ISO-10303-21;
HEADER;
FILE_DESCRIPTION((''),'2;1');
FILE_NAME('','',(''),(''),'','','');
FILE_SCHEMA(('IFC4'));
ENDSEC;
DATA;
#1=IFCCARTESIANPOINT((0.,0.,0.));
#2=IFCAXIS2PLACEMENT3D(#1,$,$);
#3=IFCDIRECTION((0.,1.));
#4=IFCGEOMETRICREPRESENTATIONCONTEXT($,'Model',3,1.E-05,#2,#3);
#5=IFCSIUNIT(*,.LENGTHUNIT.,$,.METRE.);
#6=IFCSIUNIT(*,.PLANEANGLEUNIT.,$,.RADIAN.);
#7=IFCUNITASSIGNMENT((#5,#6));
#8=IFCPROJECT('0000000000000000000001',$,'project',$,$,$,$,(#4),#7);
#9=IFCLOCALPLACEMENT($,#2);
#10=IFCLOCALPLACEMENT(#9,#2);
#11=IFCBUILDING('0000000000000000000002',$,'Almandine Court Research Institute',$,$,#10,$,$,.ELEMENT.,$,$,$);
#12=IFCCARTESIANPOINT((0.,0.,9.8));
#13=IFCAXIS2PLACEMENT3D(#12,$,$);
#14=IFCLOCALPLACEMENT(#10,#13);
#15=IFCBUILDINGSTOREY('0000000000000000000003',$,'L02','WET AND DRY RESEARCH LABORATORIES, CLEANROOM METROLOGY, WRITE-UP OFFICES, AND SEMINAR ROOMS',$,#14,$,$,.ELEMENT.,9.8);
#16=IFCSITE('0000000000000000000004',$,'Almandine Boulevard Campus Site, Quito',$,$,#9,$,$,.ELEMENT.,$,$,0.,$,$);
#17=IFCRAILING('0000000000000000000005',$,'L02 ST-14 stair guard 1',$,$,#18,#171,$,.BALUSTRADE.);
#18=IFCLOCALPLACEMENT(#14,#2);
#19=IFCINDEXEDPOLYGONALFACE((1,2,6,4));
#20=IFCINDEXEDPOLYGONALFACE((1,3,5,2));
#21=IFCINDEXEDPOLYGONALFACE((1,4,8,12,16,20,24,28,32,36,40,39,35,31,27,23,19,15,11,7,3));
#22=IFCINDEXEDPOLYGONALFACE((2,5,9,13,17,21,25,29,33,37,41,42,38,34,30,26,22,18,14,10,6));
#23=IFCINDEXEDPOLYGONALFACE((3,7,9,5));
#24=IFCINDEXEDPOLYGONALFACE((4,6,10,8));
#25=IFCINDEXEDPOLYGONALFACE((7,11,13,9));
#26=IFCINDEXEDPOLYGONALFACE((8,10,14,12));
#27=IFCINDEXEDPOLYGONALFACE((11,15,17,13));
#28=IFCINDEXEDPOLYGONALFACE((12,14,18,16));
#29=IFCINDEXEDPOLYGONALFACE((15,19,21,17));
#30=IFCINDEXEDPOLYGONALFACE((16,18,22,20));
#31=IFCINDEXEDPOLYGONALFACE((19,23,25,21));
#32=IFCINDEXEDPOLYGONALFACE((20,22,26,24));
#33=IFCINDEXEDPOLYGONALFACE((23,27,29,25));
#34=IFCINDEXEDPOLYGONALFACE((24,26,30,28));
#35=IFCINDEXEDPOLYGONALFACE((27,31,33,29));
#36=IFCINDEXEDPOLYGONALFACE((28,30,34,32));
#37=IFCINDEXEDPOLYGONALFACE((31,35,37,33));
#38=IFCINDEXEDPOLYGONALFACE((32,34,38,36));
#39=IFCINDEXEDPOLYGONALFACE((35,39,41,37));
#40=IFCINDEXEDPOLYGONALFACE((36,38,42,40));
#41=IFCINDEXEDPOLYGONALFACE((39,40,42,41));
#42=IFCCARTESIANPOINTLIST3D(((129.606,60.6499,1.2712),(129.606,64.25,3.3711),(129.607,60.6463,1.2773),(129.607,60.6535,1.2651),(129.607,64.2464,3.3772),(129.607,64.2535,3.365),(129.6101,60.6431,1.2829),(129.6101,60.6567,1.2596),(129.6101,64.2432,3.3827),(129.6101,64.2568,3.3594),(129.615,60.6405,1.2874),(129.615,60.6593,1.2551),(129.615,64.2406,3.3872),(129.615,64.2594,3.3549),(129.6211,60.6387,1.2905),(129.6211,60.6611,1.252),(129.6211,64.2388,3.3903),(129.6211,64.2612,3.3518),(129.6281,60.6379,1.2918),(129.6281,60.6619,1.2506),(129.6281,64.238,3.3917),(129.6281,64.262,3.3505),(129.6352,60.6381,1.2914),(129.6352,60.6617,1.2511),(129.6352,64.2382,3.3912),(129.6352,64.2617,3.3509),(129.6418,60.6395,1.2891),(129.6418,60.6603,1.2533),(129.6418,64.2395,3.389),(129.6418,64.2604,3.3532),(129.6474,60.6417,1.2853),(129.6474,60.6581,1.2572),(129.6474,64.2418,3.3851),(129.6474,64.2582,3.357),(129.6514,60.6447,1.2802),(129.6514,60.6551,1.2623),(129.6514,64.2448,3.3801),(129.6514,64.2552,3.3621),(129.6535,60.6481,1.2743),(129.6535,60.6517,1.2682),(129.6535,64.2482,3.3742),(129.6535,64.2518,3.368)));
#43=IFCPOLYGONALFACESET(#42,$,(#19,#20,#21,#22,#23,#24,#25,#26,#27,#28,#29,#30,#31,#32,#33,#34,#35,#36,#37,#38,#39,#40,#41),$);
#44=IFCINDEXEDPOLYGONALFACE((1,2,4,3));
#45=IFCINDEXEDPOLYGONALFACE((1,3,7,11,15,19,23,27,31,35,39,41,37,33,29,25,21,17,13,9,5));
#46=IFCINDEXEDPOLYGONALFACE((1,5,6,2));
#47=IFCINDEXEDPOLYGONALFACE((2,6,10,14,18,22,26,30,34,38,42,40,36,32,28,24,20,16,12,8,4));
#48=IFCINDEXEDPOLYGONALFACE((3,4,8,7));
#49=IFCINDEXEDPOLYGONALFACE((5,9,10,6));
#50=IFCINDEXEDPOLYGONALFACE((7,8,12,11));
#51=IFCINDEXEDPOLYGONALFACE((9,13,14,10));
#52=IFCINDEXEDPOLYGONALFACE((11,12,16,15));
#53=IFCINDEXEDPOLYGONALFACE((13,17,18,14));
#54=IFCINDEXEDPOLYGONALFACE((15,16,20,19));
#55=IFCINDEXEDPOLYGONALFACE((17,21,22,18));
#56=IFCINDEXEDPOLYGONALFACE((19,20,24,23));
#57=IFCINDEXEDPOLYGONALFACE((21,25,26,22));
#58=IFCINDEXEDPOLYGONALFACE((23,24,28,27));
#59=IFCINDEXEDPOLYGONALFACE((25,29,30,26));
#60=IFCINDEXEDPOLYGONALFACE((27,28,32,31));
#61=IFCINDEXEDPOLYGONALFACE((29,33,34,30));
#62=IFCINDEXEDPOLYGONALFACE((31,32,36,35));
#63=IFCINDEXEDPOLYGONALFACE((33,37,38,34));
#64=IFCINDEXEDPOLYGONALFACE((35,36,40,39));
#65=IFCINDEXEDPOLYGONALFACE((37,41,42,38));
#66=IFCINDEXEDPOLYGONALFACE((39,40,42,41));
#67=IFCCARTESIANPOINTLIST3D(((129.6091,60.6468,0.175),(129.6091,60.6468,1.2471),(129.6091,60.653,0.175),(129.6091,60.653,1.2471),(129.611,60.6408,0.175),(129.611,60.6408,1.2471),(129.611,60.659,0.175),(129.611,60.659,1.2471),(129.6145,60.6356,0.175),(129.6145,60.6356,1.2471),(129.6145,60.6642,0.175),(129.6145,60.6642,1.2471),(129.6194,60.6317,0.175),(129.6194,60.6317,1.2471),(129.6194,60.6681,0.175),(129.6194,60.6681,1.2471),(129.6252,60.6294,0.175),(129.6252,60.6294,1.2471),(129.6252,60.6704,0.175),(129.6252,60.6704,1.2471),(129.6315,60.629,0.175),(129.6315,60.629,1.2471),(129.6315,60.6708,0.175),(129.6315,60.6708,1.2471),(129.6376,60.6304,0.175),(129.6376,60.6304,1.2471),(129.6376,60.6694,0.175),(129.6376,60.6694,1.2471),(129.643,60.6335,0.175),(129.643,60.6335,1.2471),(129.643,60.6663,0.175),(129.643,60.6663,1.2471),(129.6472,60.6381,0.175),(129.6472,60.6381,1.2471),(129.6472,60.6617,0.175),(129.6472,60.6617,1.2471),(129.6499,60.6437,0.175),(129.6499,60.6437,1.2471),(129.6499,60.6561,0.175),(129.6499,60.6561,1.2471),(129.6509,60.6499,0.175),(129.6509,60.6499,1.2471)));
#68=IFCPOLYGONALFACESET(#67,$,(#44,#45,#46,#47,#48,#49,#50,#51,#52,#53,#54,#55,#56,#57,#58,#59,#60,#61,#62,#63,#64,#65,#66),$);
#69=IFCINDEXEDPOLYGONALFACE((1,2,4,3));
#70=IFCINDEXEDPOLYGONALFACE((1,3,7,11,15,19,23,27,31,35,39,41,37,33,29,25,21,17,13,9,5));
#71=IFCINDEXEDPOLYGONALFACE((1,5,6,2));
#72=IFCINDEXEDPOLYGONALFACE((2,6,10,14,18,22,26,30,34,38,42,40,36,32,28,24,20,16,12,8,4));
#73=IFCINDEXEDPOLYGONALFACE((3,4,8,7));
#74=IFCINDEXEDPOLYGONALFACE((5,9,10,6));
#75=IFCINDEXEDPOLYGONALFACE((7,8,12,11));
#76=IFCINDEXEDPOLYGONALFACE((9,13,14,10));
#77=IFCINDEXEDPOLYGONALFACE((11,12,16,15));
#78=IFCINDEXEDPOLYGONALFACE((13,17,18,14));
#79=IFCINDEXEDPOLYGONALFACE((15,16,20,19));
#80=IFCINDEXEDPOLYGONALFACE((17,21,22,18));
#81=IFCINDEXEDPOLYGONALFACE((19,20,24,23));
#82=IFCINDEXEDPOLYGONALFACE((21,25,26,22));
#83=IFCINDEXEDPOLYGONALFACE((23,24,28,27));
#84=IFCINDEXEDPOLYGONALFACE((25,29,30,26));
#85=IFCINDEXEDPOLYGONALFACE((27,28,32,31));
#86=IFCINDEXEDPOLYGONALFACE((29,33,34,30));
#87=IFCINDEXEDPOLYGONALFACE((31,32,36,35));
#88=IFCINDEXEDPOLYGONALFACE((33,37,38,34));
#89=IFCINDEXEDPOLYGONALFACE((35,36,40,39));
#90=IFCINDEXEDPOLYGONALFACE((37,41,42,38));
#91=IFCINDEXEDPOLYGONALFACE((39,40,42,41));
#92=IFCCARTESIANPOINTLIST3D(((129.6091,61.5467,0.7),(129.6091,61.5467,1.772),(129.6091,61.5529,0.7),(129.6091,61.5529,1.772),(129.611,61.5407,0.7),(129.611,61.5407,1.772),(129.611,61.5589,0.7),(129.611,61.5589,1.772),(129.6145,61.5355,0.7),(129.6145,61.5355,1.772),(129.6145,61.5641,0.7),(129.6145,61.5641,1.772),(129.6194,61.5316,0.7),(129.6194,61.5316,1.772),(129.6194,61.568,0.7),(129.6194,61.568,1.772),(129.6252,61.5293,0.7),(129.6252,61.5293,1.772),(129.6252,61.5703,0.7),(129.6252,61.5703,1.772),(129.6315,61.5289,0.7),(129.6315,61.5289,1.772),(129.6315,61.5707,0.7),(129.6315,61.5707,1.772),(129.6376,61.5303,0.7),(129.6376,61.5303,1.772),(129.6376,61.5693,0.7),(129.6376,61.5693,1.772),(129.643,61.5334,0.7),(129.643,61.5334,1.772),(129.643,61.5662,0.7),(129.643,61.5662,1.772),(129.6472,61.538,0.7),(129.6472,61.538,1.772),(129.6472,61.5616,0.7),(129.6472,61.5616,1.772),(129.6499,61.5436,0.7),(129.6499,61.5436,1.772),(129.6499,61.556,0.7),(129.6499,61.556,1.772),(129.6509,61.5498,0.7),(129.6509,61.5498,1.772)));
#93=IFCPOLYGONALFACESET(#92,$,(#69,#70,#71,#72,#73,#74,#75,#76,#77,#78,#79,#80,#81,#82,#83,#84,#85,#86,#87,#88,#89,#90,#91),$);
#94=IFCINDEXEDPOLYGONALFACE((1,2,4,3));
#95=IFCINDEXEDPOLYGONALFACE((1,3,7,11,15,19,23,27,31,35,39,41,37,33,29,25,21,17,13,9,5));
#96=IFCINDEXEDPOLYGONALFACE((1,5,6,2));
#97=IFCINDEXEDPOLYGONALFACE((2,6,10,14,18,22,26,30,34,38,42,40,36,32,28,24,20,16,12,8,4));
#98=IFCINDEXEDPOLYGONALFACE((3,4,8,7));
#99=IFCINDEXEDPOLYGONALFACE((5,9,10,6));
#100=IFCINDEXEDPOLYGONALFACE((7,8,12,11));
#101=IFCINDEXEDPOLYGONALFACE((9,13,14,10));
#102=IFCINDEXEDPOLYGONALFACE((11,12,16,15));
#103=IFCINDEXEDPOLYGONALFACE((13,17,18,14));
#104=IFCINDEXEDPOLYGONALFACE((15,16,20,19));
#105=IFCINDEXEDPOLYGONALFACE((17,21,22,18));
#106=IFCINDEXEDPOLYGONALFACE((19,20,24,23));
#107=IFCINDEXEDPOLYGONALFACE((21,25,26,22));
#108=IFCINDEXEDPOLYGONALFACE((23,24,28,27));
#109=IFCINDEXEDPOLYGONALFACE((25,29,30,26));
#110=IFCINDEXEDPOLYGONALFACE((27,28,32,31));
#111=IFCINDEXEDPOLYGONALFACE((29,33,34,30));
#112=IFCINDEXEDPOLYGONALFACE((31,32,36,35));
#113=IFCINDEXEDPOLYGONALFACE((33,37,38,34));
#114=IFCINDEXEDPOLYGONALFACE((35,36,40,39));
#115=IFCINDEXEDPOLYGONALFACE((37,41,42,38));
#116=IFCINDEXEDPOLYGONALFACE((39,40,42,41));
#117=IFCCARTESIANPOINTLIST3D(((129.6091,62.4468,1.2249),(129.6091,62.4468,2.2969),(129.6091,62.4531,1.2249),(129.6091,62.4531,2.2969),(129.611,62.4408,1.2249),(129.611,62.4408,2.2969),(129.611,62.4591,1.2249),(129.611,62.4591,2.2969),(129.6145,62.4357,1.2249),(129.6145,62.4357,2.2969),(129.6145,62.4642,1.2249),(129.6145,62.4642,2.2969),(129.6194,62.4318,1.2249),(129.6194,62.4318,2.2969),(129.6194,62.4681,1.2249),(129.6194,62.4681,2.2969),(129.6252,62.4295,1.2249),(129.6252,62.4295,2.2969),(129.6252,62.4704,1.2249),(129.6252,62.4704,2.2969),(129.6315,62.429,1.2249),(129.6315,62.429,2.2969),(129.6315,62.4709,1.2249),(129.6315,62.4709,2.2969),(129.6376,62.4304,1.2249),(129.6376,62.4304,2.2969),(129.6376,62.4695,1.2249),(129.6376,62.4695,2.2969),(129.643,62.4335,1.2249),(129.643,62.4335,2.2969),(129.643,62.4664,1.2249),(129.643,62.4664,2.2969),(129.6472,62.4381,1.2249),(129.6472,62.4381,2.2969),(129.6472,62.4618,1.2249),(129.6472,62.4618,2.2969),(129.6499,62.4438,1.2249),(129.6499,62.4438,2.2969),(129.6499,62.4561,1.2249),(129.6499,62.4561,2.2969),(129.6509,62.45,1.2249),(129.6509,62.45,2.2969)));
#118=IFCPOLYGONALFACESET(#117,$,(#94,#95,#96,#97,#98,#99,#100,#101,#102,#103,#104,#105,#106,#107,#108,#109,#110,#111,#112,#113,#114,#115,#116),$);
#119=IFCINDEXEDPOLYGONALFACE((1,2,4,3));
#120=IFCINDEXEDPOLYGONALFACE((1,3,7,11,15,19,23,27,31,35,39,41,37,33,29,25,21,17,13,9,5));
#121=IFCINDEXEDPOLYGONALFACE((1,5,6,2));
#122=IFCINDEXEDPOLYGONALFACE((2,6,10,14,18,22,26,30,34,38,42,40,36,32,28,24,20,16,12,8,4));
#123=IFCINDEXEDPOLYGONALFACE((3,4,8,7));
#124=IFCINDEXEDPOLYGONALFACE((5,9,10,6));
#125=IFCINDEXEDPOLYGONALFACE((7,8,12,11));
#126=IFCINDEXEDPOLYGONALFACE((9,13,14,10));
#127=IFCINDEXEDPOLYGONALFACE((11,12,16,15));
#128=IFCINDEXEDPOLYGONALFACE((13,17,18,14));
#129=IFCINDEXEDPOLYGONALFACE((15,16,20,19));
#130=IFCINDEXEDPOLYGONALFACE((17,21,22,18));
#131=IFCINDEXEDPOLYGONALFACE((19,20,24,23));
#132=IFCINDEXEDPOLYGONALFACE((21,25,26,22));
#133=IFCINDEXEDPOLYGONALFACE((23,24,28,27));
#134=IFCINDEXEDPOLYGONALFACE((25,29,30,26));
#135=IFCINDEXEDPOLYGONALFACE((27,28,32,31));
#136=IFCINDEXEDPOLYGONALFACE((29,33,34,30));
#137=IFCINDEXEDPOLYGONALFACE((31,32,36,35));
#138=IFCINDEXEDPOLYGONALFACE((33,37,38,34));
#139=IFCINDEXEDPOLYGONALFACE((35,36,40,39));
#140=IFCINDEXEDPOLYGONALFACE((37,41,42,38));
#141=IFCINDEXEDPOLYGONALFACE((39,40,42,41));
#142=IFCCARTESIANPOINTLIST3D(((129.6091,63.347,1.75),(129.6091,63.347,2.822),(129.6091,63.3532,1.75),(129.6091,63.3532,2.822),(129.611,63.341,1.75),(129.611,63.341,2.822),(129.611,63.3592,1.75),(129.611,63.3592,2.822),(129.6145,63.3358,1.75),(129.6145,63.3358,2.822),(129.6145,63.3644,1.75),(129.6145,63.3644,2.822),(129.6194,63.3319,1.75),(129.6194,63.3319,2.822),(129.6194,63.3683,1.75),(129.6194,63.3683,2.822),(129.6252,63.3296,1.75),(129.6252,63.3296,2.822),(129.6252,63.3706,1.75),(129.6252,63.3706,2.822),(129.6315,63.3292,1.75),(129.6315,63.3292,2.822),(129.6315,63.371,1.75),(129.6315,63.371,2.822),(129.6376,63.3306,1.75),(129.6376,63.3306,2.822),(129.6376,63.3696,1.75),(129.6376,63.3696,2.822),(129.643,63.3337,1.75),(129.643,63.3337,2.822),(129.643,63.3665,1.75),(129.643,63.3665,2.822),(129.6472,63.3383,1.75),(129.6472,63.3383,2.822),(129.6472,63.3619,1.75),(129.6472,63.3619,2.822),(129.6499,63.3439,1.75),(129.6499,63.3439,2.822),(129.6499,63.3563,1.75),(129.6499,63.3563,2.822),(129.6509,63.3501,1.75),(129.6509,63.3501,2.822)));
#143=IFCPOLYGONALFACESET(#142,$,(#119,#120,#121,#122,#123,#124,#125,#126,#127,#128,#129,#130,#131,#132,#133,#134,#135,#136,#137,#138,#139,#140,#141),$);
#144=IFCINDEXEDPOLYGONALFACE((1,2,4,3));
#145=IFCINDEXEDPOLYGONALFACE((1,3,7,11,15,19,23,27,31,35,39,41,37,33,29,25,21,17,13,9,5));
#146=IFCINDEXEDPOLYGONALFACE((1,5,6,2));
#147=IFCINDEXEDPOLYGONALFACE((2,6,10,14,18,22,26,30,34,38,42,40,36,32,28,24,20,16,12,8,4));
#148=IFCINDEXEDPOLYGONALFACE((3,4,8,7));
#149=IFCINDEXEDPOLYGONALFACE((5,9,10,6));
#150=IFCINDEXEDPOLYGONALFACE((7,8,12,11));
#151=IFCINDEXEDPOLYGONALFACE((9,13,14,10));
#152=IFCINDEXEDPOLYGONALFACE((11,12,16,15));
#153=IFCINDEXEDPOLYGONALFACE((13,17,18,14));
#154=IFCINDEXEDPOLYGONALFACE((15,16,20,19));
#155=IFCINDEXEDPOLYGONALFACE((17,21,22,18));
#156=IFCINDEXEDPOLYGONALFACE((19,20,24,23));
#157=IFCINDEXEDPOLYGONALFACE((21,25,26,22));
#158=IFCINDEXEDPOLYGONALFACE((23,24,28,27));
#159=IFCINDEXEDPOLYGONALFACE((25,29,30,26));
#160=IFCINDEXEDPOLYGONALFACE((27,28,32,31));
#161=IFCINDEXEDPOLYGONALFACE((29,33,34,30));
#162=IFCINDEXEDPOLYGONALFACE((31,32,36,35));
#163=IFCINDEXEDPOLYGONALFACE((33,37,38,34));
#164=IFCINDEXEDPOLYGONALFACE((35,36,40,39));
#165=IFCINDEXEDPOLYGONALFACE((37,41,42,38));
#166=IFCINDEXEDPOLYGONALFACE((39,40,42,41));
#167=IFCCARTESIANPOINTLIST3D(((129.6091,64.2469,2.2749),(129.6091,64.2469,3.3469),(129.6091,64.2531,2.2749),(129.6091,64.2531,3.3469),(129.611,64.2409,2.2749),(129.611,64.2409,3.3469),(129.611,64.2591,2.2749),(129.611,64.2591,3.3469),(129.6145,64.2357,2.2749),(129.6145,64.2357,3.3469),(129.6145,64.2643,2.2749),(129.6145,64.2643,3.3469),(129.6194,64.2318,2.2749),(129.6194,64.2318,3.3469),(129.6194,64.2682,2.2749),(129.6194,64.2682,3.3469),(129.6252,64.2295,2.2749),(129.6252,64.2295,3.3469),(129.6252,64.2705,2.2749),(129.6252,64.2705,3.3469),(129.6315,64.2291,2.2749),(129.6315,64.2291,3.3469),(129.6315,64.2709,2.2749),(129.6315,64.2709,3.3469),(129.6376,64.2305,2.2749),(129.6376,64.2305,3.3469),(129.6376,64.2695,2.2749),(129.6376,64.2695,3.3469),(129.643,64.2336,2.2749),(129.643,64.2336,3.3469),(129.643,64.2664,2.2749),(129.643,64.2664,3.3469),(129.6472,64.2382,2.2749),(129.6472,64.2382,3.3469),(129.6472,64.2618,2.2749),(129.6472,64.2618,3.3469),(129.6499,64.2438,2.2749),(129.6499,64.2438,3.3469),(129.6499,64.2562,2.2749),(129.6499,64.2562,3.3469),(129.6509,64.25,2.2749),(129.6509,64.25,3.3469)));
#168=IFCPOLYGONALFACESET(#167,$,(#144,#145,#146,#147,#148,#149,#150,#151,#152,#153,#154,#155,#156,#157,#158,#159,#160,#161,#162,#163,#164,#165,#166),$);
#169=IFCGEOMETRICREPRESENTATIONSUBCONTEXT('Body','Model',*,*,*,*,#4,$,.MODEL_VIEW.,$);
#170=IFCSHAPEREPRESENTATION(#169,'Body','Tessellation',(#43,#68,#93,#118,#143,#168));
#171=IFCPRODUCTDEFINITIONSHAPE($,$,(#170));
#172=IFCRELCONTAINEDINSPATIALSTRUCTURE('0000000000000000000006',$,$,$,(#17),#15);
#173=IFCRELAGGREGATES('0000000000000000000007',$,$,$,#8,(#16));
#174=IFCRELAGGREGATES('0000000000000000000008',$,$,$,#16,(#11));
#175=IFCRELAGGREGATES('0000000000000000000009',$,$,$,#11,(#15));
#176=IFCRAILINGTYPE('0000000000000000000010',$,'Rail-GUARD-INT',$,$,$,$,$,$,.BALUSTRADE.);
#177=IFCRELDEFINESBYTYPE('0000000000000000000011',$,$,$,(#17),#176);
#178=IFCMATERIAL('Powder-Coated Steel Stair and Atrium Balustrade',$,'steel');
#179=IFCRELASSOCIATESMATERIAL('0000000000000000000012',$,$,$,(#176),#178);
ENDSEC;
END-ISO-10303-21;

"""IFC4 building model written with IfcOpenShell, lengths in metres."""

from ifc_helpers import new_model, si_unit, direction, frame, origin, origin_2d, place, context, subcontext, project, spatial, circle, extrude, material, type_object, element, save


model = new_model("IFC4")

# Units and contexts
model_context = context("Model", 3, precision=1e-05, world=origin(), true_north=direction((0.0, 1.0)))
body_context = subcontext(model_context, "Body", "Model", "MODEL_VIEW")
ifc_project = project(units=[si_unit("LENGTHUNIT", "METRE"), si_unit("PLANEANGLEUNIT", "RADIAN")], contexts=[model_context])

# Site, building, storey
site_placement = place(None, origin())
site = spatial("IfcSite", under=ifc_project, at=site_placement, Name="Almandine Boulevard Campus Site, Quito", CompositionType="ELEMENT", RefElevation=0.0)
building_placement = place(site_placement, origin())
building = spatial("IfcBuilding", under=site, at=building_placement, Name="Almandine Court Research Institute", CompositionType="ELEMENT")
storey_placement = place(building_placement, frame((0.0, 0.0, 9.8)))
storey = spatial("IfcBuildingStorey", under=building, at=storey_placement, Name="L02", Description="WET AND DRY RESEARCH LABORATORIES, CLEANROOM METROLOGY, WRITE-UP OFFICES, AND SEMINAR ROOMS", CompositionType="ELEMENT", Elevation=9.8)

# Railing
ifc_material_1 = material(Name="Powder-Coated Steel Stair and Atrium Balustrade", Category="steel")
railing_type_1 = type_object("IfcRailingType", Name="Rail-GUARD-INT", PredefinedType="BALUSTRADE", material=ifc_material_1)
railing_1_placement = place(storey_placement, frame((129.6299, 60.6499, 0.175)))
element("IfcRailing", 1, at=railing_1_placement, inside=storey, type_object=railing_type_1, Name="L02 ST-14 stair guard 1", PredefinedType="BALUSTRADE", context=body_context, shape_type="SweptSolid", body=[
    extrude(circle(Radius=0.0239, at=origin_2d()), frame((0.0, 0.0, 1.0962), z_axis=(0.0, 0.8638, 0.503835), x_axis=(-1.0, 0.0, 0.0)), (0.0, 0.0, 1.0), 4.1677),
    extrude(circle(Radius=0.021, at=origin_2d()), origin(), (0.0, 0.0, 1.0), 1.072),
    extrude(circle(Radius=0.021, at=origin_2d()), frame((0.0, 0.8999, 0.5249)), (0.0, 0.0, 1.0), 1.072),
    extrude(circle(Radius=0.021, at=origin_2d()), frame((0.0, 1.8, 1.0498)), (0.0, 0.0, 1.0), 1.072),
    extrude(circle(Radius=0.021, at=origin_2d()), frame((0.0, 2.7002, 1.575)), (0.0, 0.0, 1.0), 1.072),
    extrude(circle(Radius=0.021, at=origin_2d()), frame((0.0, 3.6001, 2.0999)), (0.0, 0.0, 1.0), 1.072),
])

save(model, "model.ifc")
